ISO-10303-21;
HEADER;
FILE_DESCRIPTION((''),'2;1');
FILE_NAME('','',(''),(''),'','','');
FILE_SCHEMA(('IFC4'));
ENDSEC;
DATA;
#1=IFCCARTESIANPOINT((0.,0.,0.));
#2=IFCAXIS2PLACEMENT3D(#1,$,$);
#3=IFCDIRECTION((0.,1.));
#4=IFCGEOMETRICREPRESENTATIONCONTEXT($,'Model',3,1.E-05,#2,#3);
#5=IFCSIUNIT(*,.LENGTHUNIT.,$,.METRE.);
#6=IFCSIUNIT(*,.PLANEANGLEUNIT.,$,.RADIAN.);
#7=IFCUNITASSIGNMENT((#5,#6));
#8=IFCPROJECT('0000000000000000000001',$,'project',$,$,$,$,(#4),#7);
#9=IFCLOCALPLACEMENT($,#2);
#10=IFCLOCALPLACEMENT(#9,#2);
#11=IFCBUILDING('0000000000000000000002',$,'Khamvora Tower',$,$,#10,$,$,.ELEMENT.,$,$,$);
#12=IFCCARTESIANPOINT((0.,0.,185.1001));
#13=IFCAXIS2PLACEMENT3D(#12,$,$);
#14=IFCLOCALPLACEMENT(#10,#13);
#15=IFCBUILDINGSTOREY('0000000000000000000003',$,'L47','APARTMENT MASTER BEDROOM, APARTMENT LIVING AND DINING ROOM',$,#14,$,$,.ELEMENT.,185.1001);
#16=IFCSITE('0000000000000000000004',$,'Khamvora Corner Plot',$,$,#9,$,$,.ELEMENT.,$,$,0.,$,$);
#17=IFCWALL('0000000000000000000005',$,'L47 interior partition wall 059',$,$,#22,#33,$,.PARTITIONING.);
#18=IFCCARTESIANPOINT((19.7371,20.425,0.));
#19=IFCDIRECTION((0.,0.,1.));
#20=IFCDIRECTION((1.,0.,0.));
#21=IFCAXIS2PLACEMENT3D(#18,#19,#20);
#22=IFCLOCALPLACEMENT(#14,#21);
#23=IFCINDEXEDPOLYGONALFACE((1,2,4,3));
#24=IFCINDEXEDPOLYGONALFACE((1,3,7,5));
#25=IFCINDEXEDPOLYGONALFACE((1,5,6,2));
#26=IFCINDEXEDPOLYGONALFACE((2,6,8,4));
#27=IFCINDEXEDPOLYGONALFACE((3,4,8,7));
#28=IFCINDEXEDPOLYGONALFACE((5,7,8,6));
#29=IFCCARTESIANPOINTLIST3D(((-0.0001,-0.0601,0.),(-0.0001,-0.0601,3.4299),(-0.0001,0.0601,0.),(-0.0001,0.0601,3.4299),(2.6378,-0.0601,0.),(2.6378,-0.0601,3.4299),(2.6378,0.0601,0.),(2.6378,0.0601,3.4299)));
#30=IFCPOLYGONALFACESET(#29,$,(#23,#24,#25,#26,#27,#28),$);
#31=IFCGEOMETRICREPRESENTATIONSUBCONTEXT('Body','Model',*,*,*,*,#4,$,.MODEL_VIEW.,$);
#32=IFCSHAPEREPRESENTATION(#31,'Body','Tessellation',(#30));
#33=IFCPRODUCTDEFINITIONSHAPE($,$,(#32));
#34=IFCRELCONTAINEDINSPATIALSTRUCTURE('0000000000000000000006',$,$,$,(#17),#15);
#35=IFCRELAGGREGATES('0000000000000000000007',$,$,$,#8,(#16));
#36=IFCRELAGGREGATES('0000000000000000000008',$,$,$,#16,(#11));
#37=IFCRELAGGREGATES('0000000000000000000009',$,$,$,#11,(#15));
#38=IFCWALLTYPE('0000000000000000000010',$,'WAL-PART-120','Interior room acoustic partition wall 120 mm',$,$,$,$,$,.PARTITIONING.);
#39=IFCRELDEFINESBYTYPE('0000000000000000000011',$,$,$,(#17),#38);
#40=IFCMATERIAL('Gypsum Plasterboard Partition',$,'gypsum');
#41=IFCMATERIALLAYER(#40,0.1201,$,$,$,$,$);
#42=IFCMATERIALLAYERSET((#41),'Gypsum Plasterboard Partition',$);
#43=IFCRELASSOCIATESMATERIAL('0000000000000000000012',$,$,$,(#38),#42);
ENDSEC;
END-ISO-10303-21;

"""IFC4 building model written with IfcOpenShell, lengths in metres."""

from ifc_helpers import new_model, si_unit, direction, frame, frame_2d, origin, place, context, subcontext, project, spatial, rectangle, extrude, material, layer, layer_set, type_object, element, save


model = new_model("IFC4")

# Units and contexts
model_context = context("Model", 3, precision=1e-05, world=origin(), true_north=direction((0.0, 1.0)))
body_context = subcontext(model_context, "Body", "Model", "MODEL_VIEW")
ifc_project = project(units=[si_unit("LENGTHUNIT", "METRE"), si_unit("PLANEANGLEUNIT", "RADIAN")], contexts=[model_context])

# Site, building, storey
site_placement = place(None, origin())
site = spatial("IfcSite", under=ifc_project, at=site_placement, Name="Khamvora Corner Plot", CompositionType="ELEMENT", RefElevation=0.0)
building_placement = place(site_placement, origin())
building = spatial("IfcBuilding", under=site, at=building_placement, Name="Khamvora Tower", CompositionType="ELEMENT")
storey_placement = place(building_placement, frame((0.0, 0.0, 185.1001)))
storey = spatial("IfcBuildingStorey", under=building, at=storey_placement, Name="L47", Description="APARTMENT MASTER BEDROOM, APARTMENT LIVING AND DINING ROOM", CompositionType="ELEMENT", Elevation=185.1001)

# Shared definitions
ifc_material_1 = material(Name="Gypsum Plasterboard Partition", Category="gypsum")
ifc_layer_1 = layer(ifc_material_1, 0.1201)
ifc_layer_set_1 = layer_set([ifc_layer_1], Name="Gypsum Plasterboard Partition")
wall_type_1 = type_object("IfcWallType", Name="WAL-PART-120", Description="Interior room acoustic partition wall 120 mm", PredefinedType="PARTITIONING", material=ifc_layer_set_1)

# Wall
wall_1_placement = place(storey_placement, frame((19.7371, 20.425, 0.0), z_axis=(0.0, 0.0, 1.0), x_axis=(1.0, 0.0, 0.0)))
element("IfcWall", 1, at=wall_1_placement, inside=storey, type_object=wall_type_1, Name="L47 interior partition wall 059", PredefinedType="PARTITIONING", context=body_context, shape_type="SweptSolid", body=[
    extrude(rectangle(XDim=2.6379, YDim=0.1201, at=frame_2d((1.3188, 0.0))), origin(), (0.0, 0.0, 1.0), 3.4299),
])

save(model, "model.ifc")
